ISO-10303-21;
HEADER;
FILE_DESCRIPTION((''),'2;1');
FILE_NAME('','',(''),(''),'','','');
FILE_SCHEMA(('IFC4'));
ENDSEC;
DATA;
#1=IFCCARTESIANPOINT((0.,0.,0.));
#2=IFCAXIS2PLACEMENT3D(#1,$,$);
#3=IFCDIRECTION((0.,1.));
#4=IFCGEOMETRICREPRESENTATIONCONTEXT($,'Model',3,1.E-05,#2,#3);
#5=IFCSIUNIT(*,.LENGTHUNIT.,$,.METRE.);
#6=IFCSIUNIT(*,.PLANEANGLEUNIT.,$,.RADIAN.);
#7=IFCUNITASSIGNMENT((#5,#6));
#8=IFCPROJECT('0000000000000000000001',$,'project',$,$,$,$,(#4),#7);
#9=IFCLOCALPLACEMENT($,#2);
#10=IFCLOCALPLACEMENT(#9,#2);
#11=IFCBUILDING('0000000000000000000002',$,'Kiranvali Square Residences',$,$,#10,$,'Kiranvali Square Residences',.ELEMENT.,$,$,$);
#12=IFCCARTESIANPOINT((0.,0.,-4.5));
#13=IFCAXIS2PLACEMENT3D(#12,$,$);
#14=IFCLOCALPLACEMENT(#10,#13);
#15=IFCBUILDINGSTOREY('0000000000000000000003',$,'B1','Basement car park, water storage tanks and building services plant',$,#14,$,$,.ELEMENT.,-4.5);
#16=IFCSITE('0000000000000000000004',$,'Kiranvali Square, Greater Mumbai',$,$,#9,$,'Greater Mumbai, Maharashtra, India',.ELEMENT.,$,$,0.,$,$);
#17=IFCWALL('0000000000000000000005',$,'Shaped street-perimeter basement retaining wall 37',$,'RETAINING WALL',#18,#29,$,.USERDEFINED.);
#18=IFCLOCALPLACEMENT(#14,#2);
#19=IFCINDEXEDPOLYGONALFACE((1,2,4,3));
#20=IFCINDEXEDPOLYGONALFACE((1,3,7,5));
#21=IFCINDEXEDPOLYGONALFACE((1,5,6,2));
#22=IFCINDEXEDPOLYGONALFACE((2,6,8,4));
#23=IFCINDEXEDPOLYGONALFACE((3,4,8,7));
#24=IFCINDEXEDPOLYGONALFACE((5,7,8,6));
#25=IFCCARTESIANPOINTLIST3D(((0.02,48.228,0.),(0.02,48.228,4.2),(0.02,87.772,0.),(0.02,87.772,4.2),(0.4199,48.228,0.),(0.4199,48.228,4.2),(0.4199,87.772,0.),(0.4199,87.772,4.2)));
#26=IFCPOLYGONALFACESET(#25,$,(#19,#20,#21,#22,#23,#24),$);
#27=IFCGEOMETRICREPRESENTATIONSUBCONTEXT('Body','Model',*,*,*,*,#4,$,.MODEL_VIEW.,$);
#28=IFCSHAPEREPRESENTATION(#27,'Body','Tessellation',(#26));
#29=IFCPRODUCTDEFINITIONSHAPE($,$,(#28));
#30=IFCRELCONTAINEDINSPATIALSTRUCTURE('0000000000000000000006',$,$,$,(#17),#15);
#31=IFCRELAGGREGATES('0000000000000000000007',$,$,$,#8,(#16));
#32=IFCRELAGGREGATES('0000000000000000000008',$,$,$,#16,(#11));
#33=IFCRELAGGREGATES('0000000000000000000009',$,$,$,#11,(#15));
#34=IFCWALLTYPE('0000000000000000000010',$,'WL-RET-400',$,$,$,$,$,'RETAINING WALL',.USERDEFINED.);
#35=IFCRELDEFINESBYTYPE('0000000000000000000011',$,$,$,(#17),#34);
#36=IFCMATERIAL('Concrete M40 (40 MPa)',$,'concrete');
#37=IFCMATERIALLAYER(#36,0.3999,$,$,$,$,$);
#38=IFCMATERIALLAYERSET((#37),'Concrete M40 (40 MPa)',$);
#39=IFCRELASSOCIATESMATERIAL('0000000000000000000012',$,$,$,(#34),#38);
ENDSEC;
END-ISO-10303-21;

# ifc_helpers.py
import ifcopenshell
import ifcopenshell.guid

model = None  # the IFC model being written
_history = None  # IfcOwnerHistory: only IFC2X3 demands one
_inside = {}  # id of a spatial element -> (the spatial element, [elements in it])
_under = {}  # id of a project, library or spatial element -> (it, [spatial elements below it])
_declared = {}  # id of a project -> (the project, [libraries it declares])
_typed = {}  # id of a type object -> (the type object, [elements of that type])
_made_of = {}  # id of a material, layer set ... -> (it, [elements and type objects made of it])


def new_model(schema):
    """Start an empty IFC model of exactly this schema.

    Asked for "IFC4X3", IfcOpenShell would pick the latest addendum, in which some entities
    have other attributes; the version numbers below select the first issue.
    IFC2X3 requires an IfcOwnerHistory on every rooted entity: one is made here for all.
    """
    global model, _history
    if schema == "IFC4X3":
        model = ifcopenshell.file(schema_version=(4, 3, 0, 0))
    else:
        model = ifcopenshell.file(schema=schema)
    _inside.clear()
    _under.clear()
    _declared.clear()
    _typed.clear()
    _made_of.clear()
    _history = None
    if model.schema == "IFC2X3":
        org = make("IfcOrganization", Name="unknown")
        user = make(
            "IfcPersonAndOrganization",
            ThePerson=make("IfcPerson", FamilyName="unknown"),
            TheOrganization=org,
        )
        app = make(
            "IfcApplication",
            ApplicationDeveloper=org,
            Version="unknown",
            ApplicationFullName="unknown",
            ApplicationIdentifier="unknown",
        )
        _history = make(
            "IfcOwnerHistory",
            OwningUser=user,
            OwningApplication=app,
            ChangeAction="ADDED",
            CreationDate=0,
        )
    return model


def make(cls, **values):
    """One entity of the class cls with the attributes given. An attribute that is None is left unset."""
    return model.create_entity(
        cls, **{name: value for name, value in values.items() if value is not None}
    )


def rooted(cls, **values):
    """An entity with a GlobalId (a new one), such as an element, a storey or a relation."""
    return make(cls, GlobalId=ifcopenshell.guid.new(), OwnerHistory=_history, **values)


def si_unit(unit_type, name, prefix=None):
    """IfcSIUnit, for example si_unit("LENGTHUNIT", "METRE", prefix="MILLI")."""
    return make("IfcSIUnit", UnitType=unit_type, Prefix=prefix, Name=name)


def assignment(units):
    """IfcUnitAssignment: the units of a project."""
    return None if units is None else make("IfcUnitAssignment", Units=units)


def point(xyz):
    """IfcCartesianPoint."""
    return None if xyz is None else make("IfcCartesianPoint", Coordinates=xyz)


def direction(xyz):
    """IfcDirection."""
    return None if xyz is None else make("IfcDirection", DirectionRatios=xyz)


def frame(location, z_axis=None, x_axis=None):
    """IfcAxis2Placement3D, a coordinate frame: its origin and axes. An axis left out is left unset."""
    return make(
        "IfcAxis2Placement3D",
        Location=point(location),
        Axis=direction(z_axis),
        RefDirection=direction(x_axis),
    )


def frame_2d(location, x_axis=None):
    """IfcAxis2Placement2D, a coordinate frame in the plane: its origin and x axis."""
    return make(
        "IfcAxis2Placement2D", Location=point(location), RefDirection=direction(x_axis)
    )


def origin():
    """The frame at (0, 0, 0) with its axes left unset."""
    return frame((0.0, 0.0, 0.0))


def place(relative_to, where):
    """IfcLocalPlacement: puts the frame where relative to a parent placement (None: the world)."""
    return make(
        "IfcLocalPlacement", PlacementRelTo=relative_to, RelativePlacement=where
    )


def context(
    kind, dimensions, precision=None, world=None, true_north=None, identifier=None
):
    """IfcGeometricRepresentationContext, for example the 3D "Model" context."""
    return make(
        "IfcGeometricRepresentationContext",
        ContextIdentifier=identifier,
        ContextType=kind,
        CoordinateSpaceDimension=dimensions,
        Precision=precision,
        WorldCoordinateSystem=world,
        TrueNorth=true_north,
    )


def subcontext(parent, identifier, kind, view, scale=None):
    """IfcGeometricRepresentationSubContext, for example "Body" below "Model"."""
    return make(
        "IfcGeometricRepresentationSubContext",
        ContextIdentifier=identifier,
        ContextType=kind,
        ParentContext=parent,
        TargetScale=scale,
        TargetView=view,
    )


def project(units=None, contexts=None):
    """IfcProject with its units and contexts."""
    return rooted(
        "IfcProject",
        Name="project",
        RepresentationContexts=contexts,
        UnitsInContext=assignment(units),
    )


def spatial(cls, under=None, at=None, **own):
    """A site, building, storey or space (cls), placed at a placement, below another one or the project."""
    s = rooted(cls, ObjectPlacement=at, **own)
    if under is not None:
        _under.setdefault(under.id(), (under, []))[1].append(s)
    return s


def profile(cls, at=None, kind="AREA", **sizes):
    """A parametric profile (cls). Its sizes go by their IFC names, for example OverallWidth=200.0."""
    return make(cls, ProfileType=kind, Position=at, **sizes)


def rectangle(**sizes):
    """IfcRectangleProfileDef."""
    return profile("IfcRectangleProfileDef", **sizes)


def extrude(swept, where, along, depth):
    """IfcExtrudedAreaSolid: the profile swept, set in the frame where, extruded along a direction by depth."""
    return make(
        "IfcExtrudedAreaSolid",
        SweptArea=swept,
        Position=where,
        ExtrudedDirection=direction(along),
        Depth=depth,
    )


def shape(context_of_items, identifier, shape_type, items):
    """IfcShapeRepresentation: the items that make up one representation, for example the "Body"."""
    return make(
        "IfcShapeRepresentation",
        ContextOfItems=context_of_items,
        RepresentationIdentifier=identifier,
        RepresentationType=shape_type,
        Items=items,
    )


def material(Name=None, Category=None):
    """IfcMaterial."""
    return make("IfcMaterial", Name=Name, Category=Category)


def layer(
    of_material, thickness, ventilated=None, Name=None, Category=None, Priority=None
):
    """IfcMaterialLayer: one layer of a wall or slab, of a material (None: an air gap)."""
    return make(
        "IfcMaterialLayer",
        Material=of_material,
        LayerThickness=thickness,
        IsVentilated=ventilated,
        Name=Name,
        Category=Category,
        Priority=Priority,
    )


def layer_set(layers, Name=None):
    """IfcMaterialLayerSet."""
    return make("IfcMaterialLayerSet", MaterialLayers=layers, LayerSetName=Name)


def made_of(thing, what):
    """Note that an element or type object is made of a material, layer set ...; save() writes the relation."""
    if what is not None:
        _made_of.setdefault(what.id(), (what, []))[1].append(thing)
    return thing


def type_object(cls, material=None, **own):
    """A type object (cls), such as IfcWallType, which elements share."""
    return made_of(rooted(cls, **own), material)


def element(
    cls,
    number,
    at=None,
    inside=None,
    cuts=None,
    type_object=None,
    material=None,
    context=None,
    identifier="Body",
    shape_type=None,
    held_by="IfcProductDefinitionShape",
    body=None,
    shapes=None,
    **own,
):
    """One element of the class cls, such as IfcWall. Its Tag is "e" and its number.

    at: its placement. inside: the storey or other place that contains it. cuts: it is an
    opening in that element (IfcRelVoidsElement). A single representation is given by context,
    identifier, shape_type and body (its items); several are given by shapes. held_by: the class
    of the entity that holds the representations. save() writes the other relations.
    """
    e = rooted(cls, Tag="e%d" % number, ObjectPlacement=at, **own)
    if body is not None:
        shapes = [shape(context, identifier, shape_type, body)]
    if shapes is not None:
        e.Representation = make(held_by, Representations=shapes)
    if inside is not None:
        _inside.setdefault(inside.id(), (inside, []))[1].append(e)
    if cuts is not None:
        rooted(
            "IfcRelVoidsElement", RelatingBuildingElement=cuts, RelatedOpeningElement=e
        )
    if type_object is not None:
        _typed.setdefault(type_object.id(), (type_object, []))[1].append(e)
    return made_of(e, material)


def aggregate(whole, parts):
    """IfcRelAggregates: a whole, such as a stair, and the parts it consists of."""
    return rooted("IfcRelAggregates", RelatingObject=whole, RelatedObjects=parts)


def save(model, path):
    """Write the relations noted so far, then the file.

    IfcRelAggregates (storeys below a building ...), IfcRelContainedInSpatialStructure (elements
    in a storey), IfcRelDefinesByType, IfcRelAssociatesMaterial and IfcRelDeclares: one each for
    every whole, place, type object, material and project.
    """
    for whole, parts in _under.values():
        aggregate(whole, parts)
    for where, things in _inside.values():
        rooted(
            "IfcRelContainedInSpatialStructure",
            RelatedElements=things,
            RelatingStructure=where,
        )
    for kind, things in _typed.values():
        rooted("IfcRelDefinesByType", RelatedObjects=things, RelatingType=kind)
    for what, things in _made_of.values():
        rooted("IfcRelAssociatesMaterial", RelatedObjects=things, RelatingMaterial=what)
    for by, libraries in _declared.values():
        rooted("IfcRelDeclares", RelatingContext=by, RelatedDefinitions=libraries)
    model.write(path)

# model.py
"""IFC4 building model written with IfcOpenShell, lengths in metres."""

from ifc_helpers import new_model, si_unit, direction, frame, frame_2d, origin, place, context, subcontext, project, spatial, rectangle, extrude, material, layer, layer_set, type_object, element, save


model = new_model("IFC4")

# Units and contexts
model_context = context("Model", 3, precision=1e-05, world=origin(), true_north=direction((0.0, 1.0)))
body_context = subcontext(model_context, "Body", "Model", "MODEL_VIEW")
ifc_project = project(units=[si_unit("LENGTHUNIT", "METRE"), si_unit("PLANEANGLEUNIT", "RADIAN")], contexts=[model_context])

# Site, building, storey
site_placement = place(None, origin())
site = spatial("IfcSite", under=ifc_project, at=site_placement, Name="Kiranvali Square, Greater Mumbai", LongName="Greater Mumbai, Maharashtra, India", CompositionType="ELEMENT", RefElevation=0.0)
building_placement = place(site_placement, origin())
building = spatial("IfcBuilding", under=site, at=building_placement, Name="Kiranvali Square Residences", LongName="Kiranvali Square Residences", CompositionType="ELEMENT")
storey_placement = place(building_placement, frame((0.0, 0.0, -4.5)))
storey = spatial("IfcBuildingStorey", under=building, at=storey_placement, Name="B1", Description="Basement car park, water storage tanks and building services plant", CompositionType="ELEMENT", Elevation=-4.5)

# Shared definitions
ifc_material_1 = material(Name="Concrete M40 (40 MPa)", Category="concrete")

# Wall
ifc_layer = layer(ifc_material_1, 0.3999)
ifc_layer_set = layer_set([ifc_layer], Name="Concrete M40 (40 MPa)")
wall_type = type_object("IfcWallType", Name="WL-RET-400", ElementType="RETAINING WALL", PredefinedType="USERDEFINED", material=ifc_layer_set)
wall_placement = place(storey_placement, frame((0.22, 87.772, 0.0), z_axis=(0.0, 0.0, 1.0), x_axis=(0.0, -1.0, 0.0)))
element("IfcWall", 1, at=wall_placement, inside=storey, type_object=wall_type, Name="Shaped street-perimeter basement retaining wall 37", ObjectType="RETAINING WALL", PredefinedType="USERDEFINED", context=body_context, shape_type="SweptSolid", body=[
    extrude(rectangle(XDim=39.5439, YDim=0.3999, at=frame_2d((19.772, 0.0))), origin(), (0.0, 0.0, 1.0), 4.2),
])

save(model, "model.ifc")
